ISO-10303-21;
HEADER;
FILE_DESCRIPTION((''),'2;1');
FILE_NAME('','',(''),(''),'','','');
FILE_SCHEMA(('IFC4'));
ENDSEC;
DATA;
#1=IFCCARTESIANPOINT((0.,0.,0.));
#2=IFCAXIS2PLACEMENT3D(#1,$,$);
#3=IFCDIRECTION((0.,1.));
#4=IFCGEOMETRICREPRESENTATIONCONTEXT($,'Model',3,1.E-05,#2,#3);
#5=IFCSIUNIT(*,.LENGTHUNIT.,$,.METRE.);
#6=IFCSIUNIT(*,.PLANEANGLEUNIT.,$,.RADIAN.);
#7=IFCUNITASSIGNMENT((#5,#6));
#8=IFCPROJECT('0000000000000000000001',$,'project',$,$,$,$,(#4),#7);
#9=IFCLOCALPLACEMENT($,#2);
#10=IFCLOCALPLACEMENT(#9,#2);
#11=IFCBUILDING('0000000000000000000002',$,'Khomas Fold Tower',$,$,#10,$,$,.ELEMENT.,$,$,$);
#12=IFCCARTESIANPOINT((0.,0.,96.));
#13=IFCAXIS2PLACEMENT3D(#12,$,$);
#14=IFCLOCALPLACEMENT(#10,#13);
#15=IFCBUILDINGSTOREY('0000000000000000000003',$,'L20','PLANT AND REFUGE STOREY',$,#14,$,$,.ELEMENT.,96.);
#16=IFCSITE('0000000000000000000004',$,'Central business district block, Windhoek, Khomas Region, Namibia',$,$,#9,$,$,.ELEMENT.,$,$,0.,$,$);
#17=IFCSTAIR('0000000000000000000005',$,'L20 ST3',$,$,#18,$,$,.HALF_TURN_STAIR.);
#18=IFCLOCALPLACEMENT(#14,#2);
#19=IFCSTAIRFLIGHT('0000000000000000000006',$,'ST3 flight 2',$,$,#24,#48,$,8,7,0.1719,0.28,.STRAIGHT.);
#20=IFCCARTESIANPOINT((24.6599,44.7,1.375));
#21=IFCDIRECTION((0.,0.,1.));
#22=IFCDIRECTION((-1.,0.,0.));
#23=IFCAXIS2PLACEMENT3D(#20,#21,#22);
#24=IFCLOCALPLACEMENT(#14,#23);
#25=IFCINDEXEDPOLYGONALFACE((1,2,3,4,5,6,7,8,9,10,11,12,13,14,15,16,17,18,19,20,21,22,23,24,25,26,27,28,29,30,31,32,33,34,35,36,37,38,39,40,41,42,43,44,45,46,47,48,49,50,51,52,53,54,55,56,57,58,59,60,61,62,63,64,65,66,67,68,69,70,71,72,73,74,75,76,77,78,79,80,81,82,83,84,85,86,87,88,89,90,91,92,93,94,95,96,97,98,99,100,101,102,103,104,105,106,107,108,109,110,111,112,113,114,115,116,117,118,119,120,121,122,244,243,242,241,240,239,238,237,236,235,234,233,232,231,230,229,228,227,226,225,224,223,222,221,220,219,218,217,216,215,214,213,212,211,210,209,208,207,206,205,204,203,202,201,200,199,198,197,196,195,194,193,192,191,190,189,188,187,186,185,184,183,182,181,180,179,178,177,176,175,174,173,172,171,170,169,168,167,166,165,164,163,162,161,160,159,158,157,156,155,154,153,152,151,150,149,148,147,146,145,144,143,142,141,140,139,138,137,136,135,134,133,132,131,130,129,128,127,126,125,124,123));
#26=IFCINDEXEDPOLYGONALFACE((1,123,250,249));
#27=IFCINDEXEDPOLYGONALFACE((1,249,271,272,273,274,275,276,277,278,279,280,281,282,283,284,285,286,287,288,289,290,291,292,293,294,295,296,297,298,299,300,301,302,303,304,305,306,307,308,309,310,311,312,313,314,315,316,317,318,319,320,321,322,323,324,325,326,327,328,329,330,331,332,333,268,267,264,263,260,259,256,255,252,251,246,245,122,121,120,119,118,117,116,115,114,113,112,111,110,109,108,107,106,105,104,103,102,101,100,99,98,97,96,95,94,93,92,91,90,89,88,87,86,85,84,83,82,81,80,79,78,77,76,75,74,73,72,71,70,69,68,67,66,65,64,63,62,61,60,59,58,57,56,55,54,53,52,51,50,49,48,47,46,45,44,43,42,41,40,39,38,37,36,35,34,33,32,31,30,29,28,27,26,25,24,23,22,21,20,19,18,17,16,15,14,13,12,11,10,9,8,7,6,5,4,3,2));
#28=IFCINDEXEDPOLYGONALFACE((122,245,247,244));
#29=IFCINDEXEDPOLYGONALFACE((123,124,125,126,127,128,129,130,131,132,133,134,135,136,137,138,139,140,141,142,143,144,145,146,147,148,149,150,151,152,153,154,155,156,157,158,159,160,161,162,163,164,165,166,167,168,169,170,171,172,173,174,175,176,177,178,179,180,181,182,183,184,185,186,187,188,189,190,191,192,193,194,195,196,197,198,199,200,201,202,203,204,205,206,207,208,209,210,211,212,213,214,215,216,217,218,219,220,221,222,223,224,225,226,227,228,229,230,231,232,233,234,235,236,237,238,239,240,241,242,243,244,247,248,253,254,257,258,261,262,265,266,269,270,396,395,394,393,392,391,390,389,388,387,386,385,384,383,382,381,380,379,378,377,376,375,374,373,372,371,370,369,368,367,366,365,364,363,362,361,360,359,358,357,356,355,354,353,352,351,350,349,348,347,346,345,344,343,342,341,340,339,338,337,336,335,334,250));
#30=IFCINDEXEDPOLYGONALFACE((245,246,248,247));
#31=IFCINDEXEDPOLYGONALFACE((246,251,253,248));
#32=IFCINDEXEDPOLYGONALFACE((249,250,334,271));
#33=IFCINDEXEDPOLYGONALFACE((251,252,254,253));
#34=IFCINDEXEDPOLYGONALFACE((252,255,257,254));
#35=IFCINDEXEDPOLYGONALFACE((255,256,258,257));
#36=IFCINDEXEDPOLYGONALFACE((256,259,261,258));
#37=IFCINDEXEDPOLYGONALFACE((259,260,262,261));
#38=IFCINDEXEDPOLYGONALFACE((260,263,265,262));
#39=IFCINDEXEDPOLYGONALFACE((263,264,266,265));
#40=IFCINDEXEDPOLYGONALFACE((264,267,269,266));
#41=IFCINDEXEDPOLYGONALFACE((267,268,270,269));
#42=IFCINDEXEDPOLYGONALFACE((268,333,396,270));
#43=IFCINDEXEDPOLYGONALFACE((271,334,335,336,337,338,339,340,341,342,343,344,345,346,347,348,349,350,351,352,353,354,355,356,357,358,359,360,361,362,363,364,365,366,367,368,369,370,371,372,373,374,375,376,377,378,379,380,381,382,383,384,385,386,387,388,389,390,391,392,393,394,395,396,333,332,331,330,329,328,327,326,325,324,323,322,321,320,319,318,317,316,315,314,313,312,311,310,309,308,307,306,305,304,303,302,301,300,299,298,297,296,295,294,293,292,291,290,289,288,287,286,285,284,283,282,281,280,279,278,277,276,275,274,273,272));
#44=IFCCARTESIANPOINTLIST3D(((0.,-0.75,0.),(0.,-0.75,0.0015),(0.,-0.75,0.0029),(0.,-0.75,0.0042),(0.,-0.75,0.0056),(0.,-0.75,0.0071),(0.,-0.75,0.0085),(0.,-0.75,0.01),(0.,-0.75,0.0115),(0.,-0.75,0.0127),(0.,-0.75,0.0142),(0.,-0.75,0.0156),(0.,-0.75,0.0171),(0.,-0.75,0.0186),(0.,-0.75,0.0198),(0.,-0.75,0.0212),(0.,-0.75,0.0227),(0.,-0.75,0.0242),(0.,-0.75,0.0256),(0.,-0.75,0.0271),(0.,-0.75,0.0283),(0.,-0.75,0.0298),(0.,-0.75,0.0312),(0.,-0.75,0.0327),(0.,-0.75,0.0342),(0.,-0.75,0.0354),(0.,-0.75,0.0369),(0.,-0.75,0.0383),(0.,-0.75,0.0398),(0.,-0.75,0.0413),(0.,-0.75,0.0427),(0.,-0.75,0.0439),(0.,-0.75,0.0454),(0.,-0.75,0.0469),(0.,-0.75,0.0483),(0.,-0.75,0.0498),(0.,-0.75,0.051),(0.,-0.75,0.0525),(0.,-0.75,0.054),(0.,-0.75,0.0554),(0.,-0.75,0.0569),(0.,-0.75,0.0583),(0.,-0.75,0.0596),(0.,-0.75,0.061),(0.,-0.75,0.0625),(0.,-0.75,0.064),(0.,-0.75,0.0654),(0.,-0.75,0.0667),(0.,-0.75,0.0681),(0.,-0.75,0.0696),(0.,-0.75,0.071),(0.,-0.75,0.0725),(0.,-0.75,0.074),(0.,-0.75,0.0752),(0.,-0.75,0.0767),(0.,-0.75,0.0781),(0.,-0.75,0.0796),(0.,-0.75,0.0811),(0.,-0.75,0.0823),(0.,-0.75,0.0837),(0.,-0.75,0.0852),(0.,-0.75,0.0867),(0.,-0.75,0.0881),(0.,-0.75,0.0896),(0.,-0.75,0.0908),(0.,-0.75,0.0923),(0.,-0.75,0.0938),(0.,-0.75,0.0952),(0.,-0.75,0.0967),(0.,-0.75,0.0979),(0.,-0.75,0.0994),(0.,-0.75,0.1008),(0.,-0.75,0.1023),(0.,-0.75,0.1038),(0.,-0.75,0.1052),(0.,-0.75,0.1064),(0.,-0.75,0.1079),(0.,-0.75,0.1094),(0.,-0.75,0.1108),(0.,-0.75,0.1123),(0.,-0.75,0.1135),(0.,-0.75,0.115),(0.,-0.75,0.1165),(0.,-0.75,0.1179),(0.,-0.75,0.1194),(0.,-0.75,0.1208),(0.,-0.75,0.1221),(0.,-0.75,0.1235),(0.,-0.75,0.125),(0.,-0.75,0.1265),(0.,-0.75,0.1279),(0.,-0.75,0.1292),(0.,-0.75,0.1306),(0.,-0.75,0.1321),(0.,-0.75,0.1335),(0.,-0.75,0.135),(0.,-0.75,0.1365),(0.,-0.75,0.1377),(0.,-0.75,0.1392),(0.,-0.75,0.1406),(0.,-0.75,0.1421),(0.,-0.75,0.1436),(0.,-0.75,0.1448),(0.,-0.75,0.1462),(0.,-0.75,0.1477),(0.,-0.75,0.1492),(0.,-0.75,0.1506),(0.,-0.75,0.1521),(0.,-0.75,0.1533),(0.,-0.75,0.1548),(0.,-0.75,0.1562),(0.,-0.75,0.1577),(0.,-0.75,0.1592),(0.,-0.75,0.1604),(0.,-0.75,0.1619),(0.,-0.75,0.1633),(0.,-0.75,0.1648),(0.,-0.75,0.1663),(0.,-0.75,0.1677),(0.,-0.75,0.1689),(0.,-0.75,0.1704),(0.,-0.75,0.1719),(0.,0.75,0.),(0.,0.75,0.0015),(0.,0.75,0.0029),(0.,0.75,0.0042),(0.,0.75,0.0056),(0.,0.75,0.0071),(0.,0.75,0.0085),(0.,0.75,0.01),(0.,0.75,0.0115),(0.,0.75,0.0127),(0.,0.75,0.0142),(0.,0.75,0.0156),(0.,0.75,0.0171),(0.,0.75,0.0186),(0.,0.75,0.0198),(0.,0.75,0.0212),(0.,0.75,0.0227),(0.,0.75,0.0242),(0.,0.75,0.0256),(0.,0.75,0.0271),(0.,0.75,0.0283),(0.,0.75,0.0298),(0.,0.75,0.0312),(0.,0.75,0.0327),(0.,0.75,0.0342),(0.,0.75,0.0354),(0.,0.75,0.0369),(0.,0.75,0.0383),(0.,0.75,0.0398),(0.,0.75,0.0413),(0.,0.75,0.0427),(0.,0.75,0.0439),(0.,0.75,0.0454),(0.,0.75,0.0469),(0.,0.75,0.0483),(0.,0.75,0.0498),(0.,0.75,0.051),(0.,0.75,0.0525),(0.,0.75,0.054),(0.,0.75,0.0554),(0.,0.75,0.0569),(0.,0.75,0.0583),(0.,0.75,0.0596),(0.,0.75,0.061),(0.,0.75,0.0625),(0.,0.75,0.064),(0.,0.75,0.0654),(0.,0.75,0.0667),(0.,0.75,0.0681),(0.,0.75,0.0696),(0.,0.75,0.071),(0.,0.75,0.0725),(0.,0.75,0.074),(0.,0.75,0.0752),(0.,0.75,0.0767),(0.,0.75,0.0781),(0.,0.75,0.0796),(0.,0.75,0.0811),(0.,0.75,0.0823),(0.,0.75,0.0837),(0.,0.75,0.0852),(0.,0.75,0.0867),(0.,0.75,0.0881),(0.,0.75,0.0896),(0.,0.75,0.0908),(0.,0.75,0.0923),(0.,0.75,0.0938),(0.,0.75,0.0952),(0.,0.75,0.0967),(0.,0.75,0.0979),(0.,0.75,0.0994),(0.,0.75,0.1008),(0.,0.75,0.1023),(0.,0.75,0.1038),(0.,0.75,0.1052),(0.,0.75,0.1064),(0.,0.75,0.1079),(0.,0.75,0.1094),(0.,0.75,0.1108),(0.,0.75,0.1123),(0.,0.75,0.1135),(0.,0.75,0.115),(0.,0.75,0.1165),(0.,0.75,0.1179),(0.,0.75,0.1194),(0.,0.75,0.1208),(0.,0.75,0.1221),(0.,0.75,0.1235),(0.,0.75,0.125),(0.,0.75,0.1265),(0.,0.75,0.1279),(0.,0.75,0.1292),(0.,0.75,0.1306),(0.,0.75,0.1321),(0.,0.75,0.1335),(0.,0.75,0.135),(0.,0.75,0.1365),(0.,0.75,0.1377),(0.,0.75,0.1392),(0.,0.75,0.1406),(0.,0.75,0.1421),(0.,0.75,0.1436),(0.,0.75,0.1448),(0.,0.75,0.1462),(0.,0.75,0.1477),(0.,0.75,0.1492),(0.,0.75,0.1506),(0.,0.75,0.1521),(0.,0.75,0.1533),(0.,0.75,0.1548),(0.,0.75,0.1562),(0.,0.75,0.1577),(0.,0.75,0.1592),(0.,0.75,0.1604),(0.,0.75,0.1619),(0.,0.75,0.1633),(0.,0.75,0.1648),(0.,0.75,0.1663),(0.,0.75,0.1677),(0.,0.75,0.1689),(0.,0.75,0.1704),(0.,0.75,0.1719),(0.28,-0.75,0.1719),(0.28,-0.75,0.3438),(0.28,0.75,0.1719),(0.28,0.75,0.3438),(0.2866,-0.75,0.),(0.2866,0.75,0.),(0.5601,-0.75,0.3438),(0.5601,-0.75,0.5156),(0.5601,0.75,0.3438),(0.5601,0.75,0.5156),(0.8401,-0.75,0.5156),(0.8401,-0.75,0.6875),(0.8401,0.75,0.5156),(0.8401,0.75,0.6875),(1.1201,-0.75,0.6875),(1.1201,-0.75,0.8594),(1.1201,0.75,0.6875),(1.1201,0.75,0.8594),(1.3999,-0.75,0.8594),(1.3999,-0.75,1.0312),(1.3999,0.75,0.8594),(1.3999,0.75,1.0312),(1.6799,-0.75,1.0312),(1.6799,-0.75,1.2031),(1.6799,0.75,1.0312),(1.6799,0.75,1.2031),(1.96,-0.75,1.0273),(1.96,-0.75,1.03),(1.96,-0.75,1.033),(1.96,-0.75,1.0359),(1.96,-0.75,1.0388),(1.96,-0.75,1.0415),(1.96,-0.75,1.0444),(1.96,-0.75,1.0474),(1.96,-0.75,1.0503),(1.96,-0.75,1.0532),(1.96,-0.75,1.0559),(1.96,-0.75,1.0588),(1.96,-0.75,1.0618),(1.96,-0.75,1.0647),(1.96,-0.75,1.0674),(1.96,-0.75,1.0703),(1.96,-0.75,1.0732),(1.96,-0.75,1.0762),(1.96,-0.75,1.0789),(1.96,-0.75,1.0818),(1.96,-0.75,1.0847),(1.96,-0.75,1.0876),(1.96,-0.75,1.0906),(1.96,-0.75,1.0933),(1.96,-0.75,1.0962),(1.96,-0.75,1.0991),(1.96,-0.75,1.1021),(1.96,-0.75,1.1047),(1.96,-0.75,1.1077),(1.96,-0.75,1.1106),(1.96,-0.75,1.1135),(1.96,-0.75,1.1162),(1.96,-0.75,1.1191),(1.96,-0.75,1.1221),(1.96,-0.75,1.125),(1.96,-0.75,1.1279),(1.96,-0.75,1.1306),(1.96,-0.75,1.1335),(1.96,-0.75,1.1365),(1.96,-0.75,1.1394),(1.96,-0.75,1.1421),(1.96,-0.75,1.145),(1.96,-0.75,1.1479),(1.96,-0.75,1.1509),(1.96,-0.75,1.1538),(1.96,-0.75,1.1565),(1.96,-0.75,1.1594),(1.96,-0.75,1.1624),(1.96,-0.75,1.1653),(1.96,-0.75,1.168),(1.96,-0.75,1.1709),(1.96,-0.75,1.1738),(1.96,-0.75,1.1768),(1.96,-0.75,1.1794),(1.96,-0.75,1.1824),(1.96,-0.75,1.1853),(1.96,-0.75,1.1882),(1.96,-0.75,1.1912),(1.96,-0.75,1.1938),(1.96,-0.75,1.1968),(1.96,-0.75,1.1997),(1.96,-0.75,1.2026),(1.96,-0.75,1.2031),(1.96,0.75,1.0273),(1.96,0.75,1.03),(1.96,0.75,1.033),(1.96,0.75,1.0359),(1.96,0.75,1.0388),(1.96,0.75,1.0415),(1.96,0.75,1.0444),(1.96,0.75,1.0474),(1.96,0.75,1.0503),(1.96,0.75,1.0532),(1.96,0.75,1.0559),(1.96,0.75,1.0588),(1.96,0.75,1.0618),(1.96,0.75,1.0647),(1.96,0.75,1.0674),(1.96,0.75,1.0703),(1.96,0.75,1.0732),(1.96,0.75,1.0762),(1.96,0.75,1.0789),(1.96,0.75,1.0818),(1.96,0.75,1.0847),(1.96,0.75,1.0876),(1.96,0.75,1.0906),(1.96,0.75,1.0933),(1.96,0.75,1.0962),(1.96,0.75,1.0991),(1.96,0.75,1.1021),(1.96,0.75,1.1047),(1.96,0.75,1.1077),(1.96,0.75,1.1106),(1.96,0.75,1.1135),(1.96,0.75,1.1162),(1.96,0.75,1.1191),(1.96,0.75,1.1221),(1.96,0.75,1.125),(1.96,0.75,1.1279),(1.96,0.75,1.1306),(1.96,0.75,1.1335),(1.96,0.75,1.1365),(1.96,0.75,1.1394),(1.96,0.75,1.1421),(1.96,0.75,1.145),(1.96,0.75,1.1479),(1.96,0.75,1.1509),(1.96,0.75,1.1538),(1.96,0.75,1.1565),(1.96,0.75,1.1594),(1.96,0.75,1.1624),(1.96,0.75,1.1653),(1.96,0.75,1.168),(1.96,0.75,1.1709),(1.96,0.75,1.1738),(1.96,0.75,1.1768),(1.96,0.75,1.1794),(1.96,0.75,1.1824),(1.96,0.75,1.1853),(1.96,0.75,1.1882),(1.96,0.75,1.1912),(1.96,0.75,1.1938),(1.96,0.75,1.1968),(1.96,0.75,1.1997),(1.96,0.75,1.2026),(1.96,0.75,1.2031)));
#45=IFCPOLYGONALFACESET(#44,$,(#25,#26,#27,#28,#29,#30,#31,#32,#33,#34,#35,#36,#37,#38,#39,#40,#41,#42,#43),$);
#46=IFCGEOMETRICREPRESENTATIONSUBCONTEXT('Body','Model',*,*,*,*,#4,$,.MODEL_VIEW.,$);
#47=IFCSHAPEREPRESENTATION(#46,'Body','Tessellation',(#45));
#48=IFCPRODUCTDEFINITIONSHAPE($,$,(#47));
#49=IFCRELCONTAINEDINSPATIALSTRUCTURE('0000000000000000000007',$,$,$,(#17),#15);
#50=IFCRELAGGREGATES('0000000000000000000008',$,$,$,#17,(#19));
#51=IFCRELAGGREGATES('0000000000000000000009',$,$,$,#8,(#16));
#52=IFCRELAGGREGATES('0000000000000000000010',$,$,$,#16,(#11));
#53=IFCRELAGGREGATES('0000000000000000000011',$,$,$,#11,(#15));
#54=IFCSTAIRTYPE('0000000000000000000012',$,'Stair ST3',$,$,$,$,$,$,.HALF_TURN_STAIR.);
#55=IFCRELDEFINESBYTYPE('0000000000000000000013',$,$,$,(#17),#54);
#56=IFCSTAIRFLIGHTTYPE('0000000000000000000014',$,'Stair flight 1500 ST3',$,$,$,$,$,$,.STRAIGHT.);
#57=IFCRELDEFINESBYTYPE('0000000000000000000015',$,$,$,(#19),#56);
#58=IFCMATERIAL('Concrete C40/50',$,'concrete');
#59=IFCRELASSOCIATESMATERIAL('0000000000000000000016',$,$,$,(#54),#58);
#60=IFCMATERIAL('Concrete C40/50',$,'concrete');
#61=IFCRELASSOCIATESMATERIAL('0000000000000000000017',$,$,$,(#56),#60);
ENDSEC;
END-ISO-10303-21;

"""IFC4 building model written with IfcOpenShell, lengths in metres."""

from ifc_helpers import new_model, si_unit, direction, frame, origin, place, context, subcontext, project, spatial, polyline, outline, extrude, source, transform, mapped, material, type_object, element, aggregate, save


model = new_model("IFC4")

# Units and contexts
model_context = context("Model", 3, precision=1e-05, world=origin(), true_north=direction((0.0, 1.0)))
body_context = subcontext(model_context, "Body", "Model", "MODEL_VIEW")
ifc_project = project(units=[si_unit("LENGTHUNIT", "METRE"), si_unit("PLANEANGLEUNIT", "RADIAN")], contexts=[model_context])

# Site, building, storey
site_placement = place(None, origin())
site = spatial("IfcSite", under=ifc_project, at=site_placement, Name="Central business district block, Windhoek, Khomas Region, Namibia", CompositionType="ELEMENT", RefElevation=0.0)
building_placement = place(site_placement, origin())
building = spatial("IfcBuilding", under=site, at=building_placement, Name="Khomas Fold Tower", CompositionType="ELEMENT")
storey_placement = place(building_placement, frame((0.0, 0.0, 96.0)))
storey = spatial("IfcBuildingStorey", under=building, at=storey_placement, Name="L20", Description="PLANT AND REFUGE STOREY", CompositionType="ELEMENT", Elevation=96.0)

# Stair, stair flight
ifc_material_1 = material(Name="Concrete C40/50", Category="concrete")
stair_type = type_object("IfcStairType", Name="Stair ST3", PredefinedType="HALF_TURN_STAIR", material=ifc_material_1)
stair_placement = place(storey_placement, origin())
stair = element("IfcStair", 1, at=stair_placement, inside=storey, type_object=stair_type, Name="L20 ST3", PredefinedType="HALF_TURN_STAIR")
ifc_material_2 = material(Name="Concrete C40/50", Category="concrete")
stair_flight_type = type_object("IfcStairFlightType", Name="Stair flight 1500 ST3", PredefinedType="STRAIGHT", material=ifc_material_2)
shared_shape_1 = source(origin(), body_context, "Body", "SweptSolid", [
    extrude(outline(polyline([(0.0, 0.0), (0.0, 0.0015), (0.0, 0.0029), (0.0, 0.0042), (0.0, 0.0056), (0.0, 0.0071), (0.0, 0.0085), (0.0, 0.01), (0.0, 0.0115), (0.0, 0.0127), (0.0, 0.0142), (0.0, 0.0156), (0.0, 0.0171), (0.0, 0.0186), (0.0, 0.0198), (0.0, 0.0212), (0.0, 0.0227), (0.0, 0.0242), (0.0, 0.0256), (0.0, 0.0271), (0.0, 0.0283), (0.0, 0.0298), (0.0, 0.0312), (0.0, 0.0327), (0.0, 0.0342), (0.0, 0.0354), (0.0, 0.0369), (0.0, 0.0383), (0.0, 0.0398), (0.0, 0.0413), (0.0, 0.0427), (0.0, 0.0439), (0.0, 0.0454), (0.0, 0.0469), (0.0, 0.0483), (0.0, 0.0498), (0.0, 0.051), (0.0, 0.0525), (0.0, 0.054), (0.0, 0.0554), (0.0, 0.0569), (0.0, 0.0583), (0.0, 0.0596), (0.0, 0.061), (0.0, 0.0625), (0.0, 0.064), (0.0, 0.0654), (0.0, 0.0667), (0.0, 0.0681), (0.0, 0.0696), (0.0, 0.071), (0.0, 0.0725), (0.0, 0.074), (0.0, 0.0752), (0.0, 0.0767), (0.0, 0.0781), (0.0, 0.0796), (0.0, 0.0811), (0.0, 0.0823), (0.0, 0.0837), (0.0, 0.0852), (0.0, 0.0867), (0.0, 0.0881), (0.0, 0.0896), (0.0, 0.0908), (0.0, 0.0923), (0.0, 0.0938), (0.0, 0.0952), (0.0, 0.0967), (0.0, 0.0979), (0.0, 0.0994), (0.0, 0.1008), (0.0, 0.1023), (0.0, 0.1038), (0.0, 0.1052), (0.0, 0.1064), (0.0, 0.1079), (0.0, 0.1094), (0.0, 0.1108), (0.0, 0.1123), (0.0, 0.1135), (0.0, 0.115), (0.0, 0.1165), (0.0, 0.1179), (0.0, 0.1194), (0.0, 0.1208), (0.0, 0.1221), (0.0, 0.1235), (0.0, 0.125), (0.0, 0.1265), (0.0, 0.1279), (0.0, 0.1292), (0.0, 0.1306), (0.0, 0.1321), (0.0, 0.1335), (0.0, 0.135), (0.0, 0.1365), (0.0, 0.1377), (0.0, 0.1392), (0.0, 0.1406), (0.0, 0.1421), (0.0, 0.1436), (0.0, 0.1448), (0.0, 0.1462), (0.0, 0.1477), (0.0, 0.1492), (0.0, 0.1506), (0.0, 0.1521), (0.0, 0.1533), (0.0, 0.1548), (0.0, 0.1562), (0.0, 0.1577), (0.0, 0.1592), (0.0, 0.1604), (0.0, 0.1619), (0.0, 0.1633), (0.0, 0.1648), (0.0, 0.1663), (0.0, 0.1677), (0.0, 0.1689), (0.0, 0.1704), (0.0, 0.1719), (0.28, 0.1719), (0.28, 0.3438), (0.5601, 0.3438), (0.5601, 0.5156), (0.8401, 0.5156), (0.8401, 0.6875), (1.1201, 0.6875), (1.1201, 0.8594), (1.3999, 0.8594), (1.3999, 1.0312), (1.6799, 1.0312), (1.6799, 1.2031), (1.96, 1.2031), (1.96, 1.375), (1.96, 1.3721), (1.96, 1.3691), (1.96, 1.3665), (1.96, 1.3635), (1.96, 1.3606), (1.96, 1.3577), (1.96, 1.355), (1.96, 1.3521), (1.96, 1.3491), (1.96, 1.3462), (1.96, 1.3435), (1.96, 1.3406), (1.96, 1.3376), (1.96, 1.3347), (1.96, 1.3318), (1.96, 1.3291), (1.96, 1.3262), (1.96, 1.3232), (1.96, 1.3203), (1.96, 1.3176), (1.96, 1.3147), (1.96, 1.3118), (1.96, 1.3088), (1.96, 1.3059), (1.96, 1.3032), (1.96, 1.3003), (1.96, 1.2974), (1.96, 1.2944), (1.96, 1.2917), (1.96, 1.2888), (1.96, 1.2859), (1.96, 1.283), (1.96, 1.2803), (1.96, 1.2773), (1.96, 1.2744), (1.96, 1.2715), (1.96, 1.2686), (1.96, 1.2659), (1.96, 1.2629), (1.96, 1.26), (1.96, 1.2571), (1.96, 1.2544), (1.96, 1.2515), (1.96, 1.2485), (1.96, 1.2456), (1.96, 1.2427), (1.96, 1.24), (1.96, 1.2371), (1.96, 1.2341), (1.96, 1.2312), (1.96, 1.2285), (1.96, 1.2256), (1.96, 1.2227), (1.96, 1.2197), (1.96, 1.217), (1.96, 1.2141), (1.96, 1.2112), (1.96, 1.2083), (1.96, 1.2053), (1.96, 1.2026), (1.96, 1.1997), (1.96, 1.1968), (1.96, 1.1938), (1.96, 1.1912), (1.96, 1.1882), (1.96, 1.1853), (1.96, 1.1824), (1.96, 1.1794), (1.96, 1.1768), (1.96, 1.1738), (1.96, 1.1709), (1.96, 1.168), (1.96, 1.1653), (1.96, 1.1624), (1.96, 1.1594), (1.96, 1.1565), (1.96, 1.1538), (1.96, 1.1509), (1.96, 1.1479), (1.96, 1.145), (1.96, 1.1421), (1.96, 1.1394), (1.96, 1.1365), (1.96, 1.1335), (1.96, 1.1306), (1.96, 1.1279), (1.96, 1.125), (1.96, 1.1221), (1.96, 1.1191), (1.96, 1.1162), (1.96, 1.1135), (1.96, 1.1106), (1.96, 1.1077), (1.96, 1.1047), (1.96, 1.1021), (1.96, 1.0991), (1.96, 1.0962), (1.96, 1.0933), (1.96, 1.0906), (1.96, 1.0876), (1.96, 1.0847), (1.96, 1.0818), (1.96, 1.0789), (1.96, 1.0762), (1.96, 1.0732), (1.96, 1.0703), (1.96, 1.0674), (1.96, 1.0647), (1.96, 1.0618), (1.96, 1.0588), (1.96, 1.0559), (1.96, 1.0532), (1.96, 1.0503), (1.96, 1.0474), (1.96, 1.0444), (1.96, 1.0415), (1.96, 1.0388), (1.96, 1.0359), (1.96, 1.033), (1.96, 1.03), (1.96, 1.0273), (0.2866, 0.0), (0.0, 0.0)])), frame((0.0, 0.75, 0.0), z_axis=(0.0, -1.0, 0.0), x_axis=(1.0, 0.0, 0.0)), (0.0, 0.0, 1.0), 1.5),
])
stair_flight_1_placement = place(storey_placement, frame((24.6599, 44.7, 1.375), z_axis=(0.0, 0.0, 1.0), x_axis=(-1.0, 0.0, 0.0)))
stair_flight_1 = element("IfcStairFlight", 2, at=stair_flight_1_placement, type_object=stair_flight_type, Name="ST3 flight 2", NumberOfRisers=8, NumberOfTreads=7, PredefinedType="STRAIGHT", RiserHeight=0.1719, TreadLength=0.28, context=body_context, shape_type="MappedRepresentation", body=[
    mapped(shared_shape_1, transform((0.0, 0.0, 0.0))),
])
aggregate(stair, [stair_flight_1])

save(model, "model.ifc")
